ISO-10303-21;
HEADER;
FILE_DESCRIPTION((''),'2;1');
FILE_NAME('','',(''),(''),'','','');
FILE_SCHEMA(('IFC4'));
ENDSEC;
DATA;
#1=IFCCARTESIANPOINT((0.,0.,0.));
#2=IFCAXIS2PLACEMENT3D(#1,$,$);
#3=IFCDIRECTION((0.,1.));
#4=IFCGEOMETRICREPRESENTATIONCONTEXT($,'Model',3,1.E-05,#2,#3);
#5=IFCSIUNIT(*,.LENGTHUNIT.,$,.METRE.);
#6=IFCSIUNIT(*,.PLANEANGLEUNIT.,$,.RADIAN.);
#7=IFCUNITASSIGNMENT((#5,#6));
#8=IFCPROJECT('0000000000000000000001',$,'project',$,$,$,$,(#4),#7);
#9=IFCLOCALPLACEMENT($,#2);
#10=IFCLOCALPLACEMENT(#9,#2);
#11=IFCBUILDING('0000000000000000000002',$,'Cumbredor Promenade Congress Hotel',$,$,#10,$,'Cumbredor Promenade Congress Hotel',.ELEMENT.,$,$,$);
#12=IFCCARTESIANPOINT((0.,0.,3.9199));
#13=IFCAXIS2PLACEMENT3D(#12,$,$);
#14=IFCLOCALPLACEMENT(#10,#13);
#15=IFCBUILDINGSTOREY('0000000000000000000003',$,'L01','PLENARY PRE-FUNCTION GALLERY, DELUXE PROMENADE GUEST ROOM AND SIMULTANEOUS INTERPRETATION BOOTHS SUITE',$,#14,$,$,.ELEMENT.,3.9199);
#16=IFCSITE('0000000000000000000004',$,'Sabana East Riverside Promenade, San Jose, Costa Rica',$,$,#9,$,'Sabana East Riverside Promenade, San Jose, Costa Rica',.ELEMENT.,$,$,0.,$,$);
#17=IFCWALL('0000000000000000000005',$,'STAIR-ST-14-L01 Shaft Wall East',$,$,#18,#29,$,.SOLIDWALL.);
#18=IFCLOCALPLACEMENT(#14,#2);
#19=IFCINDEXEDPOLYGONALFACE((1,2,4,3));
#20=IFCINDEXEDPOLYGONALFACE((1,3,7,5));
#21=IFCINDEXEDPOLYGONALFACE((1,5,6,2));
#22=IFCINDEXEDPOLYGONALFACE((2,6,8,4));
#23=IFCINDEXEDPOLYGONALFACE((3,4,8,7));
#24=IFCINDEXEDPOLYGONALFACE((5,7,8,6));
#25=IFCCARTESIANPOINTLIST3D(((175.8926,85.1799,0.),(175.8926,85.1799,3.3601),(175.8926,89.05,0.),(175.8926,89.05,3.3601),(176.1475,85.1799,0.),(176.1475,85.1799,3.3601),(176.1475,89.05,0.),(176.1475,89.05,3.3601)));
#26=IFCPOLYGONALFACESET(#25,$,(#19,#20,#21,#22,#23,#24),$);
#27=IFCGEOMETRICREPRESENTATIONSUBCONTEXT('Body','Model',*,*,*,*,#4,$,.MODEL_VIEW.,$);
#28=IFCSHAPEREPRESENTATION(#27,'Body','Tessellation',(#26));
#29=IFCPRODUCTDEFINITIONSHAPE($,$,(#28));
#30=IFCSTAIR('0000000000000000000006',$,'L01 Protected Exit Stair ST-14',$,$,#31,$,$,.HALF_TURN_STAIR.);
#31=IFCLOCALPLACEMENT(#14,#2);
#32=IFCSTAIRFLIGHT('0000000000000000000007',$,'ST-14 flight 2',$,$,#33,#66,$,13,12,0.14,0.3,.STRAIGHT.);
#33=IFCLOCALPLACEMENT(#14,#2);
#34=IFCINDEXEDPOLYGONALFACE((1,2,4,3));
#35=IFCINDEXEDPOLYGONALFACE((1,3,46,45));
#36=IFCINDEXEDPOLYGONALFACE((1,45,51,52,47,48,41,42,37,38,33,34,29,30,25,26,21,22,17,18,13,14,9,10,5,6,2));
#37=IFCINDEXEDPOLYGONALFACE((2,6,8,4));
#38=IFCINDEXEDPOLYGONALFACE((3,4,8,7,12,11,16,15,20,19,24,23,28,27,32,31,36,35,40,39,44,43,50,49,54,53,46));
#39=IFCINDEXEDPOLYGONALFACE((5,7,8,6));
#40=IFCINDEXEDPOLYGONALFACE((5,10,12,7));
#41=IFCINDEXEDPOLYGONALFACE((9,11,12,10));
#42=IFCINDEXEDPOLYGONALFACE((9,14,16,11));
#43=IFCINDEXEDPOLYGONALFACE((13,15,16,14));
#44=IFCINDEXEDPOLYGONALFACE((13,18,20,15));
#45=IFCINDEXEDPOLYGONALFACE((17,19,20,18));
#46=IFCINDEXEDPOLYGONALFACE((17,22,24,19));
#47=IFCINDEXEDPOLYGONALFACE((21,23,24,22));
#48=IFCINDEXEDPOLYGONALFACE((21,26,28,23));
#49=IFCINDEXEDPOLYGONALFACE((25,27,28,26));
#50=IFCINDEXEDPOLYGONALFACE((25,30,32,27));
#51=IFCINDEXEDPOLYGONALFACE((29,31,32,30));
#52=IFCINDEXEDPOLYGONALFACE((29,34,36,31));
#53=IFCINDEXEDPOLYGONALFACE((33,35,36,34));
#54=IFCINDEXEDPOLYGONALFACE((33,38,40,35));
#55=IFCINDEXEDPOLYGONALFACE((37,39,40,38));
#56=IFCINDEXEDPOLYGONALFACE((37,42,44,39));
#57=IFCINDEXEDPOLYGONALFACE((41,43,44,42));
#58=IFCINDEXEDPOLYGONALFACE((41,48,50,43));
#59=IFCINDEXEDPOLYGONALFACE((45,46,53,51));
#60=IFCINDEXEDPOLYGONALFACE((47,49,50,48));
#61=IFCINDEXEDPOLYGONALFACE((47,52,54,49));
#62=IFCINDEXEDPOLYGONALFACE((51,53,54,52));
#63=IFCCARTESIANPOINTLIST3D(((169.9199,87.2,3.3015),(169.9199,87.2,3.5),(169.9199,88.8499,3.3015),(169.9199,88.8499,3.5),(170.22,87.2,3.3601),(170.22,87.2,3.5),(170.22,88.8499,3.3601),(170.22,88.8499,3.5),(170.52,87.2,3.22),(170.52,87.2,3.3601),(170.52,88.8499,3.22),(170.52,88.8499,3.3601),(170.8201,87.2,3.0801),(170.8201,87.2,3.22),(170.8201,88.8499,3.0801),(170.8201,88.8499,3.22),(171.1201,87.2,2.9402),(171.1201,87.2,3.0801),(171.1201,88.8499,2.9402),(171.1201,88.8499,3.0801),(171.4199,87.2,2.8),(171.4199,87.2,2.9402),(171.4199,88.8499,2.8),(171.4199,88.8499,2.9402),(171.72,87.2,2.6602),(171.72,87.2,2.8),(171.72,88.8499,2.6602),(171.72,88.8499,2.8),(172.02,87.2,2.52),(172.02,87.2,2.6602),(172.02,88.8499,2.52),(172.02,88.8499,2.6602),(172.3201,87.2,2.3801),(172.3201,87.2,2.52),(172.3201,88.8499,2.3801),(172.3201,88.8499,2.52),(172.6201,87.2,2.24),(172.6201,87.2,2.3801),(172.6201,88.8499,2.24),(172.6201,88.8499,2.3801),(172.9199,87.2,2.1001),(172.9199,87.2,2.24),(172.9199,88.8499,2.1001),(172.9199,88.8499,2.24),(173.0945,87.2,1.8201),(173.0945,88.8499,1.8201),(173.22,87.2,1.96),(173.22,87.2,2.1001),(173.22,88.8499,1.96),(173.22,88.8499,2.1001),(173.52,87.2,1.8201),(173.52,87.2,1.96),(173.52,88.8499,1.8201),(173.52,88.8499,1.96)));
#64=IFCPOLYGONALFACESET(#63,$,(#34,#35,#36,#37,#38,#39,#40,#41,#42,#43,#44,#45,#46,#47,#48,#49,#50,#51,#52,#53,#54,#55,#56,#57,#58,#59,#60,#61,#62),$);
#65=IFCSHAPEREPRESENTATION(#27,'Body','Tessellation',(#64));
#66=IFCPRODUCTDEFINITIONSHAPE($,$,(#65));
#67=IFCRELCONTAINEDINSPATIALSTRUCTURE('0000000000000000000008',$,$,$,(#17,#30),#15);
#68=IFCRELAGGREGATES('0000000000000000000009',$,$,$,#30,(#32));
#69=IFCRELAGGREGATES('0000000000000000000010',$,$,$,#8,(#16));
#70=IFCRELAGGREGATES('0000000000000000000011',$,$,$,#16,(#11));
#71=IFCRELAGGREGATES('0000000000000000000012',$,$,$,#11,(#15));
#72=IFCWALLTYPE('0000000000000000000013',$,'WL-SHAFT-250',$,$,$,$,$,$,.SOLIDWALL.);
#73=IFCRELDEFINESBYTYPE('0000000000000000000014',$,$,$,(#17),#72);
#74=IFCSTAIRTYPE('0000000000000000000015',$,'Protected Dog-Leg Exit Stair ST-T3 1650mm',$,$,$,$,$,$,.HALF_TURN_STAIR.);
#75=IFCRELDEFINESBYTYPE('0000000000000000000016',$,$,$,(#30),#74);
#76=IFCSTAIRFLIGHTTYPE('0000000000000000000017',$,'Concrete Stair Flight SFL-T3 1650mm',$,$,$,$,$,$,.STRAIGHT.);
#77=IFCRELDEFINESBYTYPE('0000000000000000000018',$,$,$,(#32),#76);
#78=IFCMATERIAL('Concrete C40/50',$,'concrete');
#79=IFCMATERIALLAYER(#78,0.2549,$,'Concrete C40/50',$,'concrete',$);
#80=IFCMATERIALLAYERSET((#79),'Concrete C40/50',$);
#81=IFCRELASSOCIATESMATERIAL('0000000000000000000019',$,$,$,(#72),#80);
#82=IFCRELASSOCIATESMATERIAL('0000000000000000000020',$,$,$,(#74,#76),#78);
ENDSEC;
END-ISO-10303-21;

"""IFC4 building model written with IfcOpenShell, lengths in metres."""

from ifc_helpers import new_model, si_unit, direction, frame, frame_2d, origin, place, context, subcontext, project, spatial, polyline, rectangle, outline, extrude, material, layer, layer_set, type_object, element, aggregate, save


model = new_model("IFC4")

# Units and contexts
model_context = context("Model", 3, precision=1e-05, world=origin(), true_north=direction((0.0, 1.0)))
body_context = subcontext(model_context, "Body", "Model", "MODEL_VIEW")
ifc_project = project(units=[si_unit("LENGTHUNIT", "METRE"), si_unit("PLANEANGLEUNIT", "RADIAN")], contexts=[model_context])

# Site, building, storey
site_placement = place(None, origin())
site = spatial("IfcSite", under=ifc_project, at=site_placement, Name="Sabana East Riverside Promenade, San Jose, Costa Rica", LongName="Sabana East Riverside Promenade, San Jose, Costa Rica", CompositionType="ELEMENT", RefElevation=0.0)
building_placement = place(site_placement, origin())
building = spatial("IfcBuilding", under=site, at=building_placement, Name="Cumbredor Promenade Congress Hotel", LongName="Cumbredor Promenade Congress Hotel", CompositionType="ELEMENT")
storey_placement = place(building_placement, frame((0.0, 0.0, 3.9199)))
storey = spatial("IfcBuildingStorey", under=building, at=storey_placement, Name="L01", Description="PLENARY PRE-FUNCTION GALLERY, DELUXE PROMENADE GUEST ROOM AND SIMULTANEOUS INTERPRETATION BOOTHS SUITE", CompositionType="ELEMENT", Elevation=3.9199)

# Shared definitions
ifc_material_1 = material(Name="Concrete C40/50", Category="concrete")

# Wall
ifc_layer_1 = layer(ifc_material_1, 0.2549, Name="Concrete C40/50", Category="concrete")
ifc_layer_set_1 = layer_set([ifc_layer_1], Name="Concrete C40/50")
wall_type_1 = type_object("IfcWallType", Name="WL-SHAFT-250", PredefinedType="SOLIDWALL", material=ifc_layer_set_1)
wall_1_placement = place(storey_placement, frame((176.02, 85.1799, 0.0), z_axis=(0.0, 0.0, 1.0), x_axis=(0.0, 1.0, 0.0)))
element("IfcWall", 1, at=wall_1_placement, inside=storey, type_object=wall_type_1, Name="STAIR-ST-14-L01 Shaft Wall East", PredefinedType="SOLIDWALL", context=body_context, shape_type="SweptSolid", body=[
    extrude(rectangle(XDim=3.8701, YDim=0.2549, at=frame_2d((1.9351, 0.0))), origin(), (0.0, 0.0, 1.0), 3.3601),
])

# Stair, stair flight
stair_type = type_object("IfcStairType", Name="Protected Dog-Leg Exit Stair ST-T3 1650mm", PredefinedType="HALF_TURN_STAIR", material=ifc_material_1)
stair_placement = place(storey_placement, origin())
stair = element("IfcStair", 2, at=stair_placement, inside=storey, type_object=stair_type, Name="L01 Protected Exit Stair ST-14", PredefinedType="HALF_TURN_STAIR")
stair_flight_type = type_object("IfcStairFlightType", Name="Concrete Stair Flight SFL-T3 1650mm", PredefinedType="STRAIGHT", material=ifc_material_1)
stair_flight_placement = place(storey_placement, frame((173.52, 88.0249, 1.8201), z_axis=(0.0, 0.0, 1.0), x_axis=(-1.0, 0.0, 0.0)))
stair_flight = element("IfcStairFlight", 3, at=stair_flight_placement, type_object=stair_flight_type, Name="ST-14 flight 2", NumberOfRisers=13, NumberOfTreads=12, PredefinedType="STRAIGHT", RiserHeight=0.14, TreadLength=0.3, context=body_context, shape_type="SweptSolid", body=[
    extrude(outline(polyline([(0.0, 0.0), (0.0, 0.1399), (0.3, 0.1399), (0.3, 0.28), (0.6001, 0.28), (0.6001, 0.4199), (0.8999, 0.4199), (0.8999, 0.5601), (1.2, 0.5601), (1.2, 0.7), (1.5, 0.7), (1.5, 0.8401), (1.8, 0.8401), (1.8, 0.98), (2.1001, 0.98), (2.1001, 1.1201), (2.3999, 1.1201), (2.3999, 1.26), (2.7, 1.26), (2.7, 1.3999), (3.0, 1.3999), (3.0, 1.54), (3.3, 1.54), (3.3, 1.6799), (3.6001, 1.6799), (3.6001, 1.8201), (3.6001, 1.4814), (0.4255, 0.0), (0.0, 0.0)])), frame((0.0, 0.825, 0.0), z_axis=(0.0, -1.0, 0.0), x_axis=(1.0, 0.0, 0.0)), (0.0, 0.0, 1.0), 1.6499),
])
aggregate(stair, [stair_flight])

save(model, "model.ifc")
